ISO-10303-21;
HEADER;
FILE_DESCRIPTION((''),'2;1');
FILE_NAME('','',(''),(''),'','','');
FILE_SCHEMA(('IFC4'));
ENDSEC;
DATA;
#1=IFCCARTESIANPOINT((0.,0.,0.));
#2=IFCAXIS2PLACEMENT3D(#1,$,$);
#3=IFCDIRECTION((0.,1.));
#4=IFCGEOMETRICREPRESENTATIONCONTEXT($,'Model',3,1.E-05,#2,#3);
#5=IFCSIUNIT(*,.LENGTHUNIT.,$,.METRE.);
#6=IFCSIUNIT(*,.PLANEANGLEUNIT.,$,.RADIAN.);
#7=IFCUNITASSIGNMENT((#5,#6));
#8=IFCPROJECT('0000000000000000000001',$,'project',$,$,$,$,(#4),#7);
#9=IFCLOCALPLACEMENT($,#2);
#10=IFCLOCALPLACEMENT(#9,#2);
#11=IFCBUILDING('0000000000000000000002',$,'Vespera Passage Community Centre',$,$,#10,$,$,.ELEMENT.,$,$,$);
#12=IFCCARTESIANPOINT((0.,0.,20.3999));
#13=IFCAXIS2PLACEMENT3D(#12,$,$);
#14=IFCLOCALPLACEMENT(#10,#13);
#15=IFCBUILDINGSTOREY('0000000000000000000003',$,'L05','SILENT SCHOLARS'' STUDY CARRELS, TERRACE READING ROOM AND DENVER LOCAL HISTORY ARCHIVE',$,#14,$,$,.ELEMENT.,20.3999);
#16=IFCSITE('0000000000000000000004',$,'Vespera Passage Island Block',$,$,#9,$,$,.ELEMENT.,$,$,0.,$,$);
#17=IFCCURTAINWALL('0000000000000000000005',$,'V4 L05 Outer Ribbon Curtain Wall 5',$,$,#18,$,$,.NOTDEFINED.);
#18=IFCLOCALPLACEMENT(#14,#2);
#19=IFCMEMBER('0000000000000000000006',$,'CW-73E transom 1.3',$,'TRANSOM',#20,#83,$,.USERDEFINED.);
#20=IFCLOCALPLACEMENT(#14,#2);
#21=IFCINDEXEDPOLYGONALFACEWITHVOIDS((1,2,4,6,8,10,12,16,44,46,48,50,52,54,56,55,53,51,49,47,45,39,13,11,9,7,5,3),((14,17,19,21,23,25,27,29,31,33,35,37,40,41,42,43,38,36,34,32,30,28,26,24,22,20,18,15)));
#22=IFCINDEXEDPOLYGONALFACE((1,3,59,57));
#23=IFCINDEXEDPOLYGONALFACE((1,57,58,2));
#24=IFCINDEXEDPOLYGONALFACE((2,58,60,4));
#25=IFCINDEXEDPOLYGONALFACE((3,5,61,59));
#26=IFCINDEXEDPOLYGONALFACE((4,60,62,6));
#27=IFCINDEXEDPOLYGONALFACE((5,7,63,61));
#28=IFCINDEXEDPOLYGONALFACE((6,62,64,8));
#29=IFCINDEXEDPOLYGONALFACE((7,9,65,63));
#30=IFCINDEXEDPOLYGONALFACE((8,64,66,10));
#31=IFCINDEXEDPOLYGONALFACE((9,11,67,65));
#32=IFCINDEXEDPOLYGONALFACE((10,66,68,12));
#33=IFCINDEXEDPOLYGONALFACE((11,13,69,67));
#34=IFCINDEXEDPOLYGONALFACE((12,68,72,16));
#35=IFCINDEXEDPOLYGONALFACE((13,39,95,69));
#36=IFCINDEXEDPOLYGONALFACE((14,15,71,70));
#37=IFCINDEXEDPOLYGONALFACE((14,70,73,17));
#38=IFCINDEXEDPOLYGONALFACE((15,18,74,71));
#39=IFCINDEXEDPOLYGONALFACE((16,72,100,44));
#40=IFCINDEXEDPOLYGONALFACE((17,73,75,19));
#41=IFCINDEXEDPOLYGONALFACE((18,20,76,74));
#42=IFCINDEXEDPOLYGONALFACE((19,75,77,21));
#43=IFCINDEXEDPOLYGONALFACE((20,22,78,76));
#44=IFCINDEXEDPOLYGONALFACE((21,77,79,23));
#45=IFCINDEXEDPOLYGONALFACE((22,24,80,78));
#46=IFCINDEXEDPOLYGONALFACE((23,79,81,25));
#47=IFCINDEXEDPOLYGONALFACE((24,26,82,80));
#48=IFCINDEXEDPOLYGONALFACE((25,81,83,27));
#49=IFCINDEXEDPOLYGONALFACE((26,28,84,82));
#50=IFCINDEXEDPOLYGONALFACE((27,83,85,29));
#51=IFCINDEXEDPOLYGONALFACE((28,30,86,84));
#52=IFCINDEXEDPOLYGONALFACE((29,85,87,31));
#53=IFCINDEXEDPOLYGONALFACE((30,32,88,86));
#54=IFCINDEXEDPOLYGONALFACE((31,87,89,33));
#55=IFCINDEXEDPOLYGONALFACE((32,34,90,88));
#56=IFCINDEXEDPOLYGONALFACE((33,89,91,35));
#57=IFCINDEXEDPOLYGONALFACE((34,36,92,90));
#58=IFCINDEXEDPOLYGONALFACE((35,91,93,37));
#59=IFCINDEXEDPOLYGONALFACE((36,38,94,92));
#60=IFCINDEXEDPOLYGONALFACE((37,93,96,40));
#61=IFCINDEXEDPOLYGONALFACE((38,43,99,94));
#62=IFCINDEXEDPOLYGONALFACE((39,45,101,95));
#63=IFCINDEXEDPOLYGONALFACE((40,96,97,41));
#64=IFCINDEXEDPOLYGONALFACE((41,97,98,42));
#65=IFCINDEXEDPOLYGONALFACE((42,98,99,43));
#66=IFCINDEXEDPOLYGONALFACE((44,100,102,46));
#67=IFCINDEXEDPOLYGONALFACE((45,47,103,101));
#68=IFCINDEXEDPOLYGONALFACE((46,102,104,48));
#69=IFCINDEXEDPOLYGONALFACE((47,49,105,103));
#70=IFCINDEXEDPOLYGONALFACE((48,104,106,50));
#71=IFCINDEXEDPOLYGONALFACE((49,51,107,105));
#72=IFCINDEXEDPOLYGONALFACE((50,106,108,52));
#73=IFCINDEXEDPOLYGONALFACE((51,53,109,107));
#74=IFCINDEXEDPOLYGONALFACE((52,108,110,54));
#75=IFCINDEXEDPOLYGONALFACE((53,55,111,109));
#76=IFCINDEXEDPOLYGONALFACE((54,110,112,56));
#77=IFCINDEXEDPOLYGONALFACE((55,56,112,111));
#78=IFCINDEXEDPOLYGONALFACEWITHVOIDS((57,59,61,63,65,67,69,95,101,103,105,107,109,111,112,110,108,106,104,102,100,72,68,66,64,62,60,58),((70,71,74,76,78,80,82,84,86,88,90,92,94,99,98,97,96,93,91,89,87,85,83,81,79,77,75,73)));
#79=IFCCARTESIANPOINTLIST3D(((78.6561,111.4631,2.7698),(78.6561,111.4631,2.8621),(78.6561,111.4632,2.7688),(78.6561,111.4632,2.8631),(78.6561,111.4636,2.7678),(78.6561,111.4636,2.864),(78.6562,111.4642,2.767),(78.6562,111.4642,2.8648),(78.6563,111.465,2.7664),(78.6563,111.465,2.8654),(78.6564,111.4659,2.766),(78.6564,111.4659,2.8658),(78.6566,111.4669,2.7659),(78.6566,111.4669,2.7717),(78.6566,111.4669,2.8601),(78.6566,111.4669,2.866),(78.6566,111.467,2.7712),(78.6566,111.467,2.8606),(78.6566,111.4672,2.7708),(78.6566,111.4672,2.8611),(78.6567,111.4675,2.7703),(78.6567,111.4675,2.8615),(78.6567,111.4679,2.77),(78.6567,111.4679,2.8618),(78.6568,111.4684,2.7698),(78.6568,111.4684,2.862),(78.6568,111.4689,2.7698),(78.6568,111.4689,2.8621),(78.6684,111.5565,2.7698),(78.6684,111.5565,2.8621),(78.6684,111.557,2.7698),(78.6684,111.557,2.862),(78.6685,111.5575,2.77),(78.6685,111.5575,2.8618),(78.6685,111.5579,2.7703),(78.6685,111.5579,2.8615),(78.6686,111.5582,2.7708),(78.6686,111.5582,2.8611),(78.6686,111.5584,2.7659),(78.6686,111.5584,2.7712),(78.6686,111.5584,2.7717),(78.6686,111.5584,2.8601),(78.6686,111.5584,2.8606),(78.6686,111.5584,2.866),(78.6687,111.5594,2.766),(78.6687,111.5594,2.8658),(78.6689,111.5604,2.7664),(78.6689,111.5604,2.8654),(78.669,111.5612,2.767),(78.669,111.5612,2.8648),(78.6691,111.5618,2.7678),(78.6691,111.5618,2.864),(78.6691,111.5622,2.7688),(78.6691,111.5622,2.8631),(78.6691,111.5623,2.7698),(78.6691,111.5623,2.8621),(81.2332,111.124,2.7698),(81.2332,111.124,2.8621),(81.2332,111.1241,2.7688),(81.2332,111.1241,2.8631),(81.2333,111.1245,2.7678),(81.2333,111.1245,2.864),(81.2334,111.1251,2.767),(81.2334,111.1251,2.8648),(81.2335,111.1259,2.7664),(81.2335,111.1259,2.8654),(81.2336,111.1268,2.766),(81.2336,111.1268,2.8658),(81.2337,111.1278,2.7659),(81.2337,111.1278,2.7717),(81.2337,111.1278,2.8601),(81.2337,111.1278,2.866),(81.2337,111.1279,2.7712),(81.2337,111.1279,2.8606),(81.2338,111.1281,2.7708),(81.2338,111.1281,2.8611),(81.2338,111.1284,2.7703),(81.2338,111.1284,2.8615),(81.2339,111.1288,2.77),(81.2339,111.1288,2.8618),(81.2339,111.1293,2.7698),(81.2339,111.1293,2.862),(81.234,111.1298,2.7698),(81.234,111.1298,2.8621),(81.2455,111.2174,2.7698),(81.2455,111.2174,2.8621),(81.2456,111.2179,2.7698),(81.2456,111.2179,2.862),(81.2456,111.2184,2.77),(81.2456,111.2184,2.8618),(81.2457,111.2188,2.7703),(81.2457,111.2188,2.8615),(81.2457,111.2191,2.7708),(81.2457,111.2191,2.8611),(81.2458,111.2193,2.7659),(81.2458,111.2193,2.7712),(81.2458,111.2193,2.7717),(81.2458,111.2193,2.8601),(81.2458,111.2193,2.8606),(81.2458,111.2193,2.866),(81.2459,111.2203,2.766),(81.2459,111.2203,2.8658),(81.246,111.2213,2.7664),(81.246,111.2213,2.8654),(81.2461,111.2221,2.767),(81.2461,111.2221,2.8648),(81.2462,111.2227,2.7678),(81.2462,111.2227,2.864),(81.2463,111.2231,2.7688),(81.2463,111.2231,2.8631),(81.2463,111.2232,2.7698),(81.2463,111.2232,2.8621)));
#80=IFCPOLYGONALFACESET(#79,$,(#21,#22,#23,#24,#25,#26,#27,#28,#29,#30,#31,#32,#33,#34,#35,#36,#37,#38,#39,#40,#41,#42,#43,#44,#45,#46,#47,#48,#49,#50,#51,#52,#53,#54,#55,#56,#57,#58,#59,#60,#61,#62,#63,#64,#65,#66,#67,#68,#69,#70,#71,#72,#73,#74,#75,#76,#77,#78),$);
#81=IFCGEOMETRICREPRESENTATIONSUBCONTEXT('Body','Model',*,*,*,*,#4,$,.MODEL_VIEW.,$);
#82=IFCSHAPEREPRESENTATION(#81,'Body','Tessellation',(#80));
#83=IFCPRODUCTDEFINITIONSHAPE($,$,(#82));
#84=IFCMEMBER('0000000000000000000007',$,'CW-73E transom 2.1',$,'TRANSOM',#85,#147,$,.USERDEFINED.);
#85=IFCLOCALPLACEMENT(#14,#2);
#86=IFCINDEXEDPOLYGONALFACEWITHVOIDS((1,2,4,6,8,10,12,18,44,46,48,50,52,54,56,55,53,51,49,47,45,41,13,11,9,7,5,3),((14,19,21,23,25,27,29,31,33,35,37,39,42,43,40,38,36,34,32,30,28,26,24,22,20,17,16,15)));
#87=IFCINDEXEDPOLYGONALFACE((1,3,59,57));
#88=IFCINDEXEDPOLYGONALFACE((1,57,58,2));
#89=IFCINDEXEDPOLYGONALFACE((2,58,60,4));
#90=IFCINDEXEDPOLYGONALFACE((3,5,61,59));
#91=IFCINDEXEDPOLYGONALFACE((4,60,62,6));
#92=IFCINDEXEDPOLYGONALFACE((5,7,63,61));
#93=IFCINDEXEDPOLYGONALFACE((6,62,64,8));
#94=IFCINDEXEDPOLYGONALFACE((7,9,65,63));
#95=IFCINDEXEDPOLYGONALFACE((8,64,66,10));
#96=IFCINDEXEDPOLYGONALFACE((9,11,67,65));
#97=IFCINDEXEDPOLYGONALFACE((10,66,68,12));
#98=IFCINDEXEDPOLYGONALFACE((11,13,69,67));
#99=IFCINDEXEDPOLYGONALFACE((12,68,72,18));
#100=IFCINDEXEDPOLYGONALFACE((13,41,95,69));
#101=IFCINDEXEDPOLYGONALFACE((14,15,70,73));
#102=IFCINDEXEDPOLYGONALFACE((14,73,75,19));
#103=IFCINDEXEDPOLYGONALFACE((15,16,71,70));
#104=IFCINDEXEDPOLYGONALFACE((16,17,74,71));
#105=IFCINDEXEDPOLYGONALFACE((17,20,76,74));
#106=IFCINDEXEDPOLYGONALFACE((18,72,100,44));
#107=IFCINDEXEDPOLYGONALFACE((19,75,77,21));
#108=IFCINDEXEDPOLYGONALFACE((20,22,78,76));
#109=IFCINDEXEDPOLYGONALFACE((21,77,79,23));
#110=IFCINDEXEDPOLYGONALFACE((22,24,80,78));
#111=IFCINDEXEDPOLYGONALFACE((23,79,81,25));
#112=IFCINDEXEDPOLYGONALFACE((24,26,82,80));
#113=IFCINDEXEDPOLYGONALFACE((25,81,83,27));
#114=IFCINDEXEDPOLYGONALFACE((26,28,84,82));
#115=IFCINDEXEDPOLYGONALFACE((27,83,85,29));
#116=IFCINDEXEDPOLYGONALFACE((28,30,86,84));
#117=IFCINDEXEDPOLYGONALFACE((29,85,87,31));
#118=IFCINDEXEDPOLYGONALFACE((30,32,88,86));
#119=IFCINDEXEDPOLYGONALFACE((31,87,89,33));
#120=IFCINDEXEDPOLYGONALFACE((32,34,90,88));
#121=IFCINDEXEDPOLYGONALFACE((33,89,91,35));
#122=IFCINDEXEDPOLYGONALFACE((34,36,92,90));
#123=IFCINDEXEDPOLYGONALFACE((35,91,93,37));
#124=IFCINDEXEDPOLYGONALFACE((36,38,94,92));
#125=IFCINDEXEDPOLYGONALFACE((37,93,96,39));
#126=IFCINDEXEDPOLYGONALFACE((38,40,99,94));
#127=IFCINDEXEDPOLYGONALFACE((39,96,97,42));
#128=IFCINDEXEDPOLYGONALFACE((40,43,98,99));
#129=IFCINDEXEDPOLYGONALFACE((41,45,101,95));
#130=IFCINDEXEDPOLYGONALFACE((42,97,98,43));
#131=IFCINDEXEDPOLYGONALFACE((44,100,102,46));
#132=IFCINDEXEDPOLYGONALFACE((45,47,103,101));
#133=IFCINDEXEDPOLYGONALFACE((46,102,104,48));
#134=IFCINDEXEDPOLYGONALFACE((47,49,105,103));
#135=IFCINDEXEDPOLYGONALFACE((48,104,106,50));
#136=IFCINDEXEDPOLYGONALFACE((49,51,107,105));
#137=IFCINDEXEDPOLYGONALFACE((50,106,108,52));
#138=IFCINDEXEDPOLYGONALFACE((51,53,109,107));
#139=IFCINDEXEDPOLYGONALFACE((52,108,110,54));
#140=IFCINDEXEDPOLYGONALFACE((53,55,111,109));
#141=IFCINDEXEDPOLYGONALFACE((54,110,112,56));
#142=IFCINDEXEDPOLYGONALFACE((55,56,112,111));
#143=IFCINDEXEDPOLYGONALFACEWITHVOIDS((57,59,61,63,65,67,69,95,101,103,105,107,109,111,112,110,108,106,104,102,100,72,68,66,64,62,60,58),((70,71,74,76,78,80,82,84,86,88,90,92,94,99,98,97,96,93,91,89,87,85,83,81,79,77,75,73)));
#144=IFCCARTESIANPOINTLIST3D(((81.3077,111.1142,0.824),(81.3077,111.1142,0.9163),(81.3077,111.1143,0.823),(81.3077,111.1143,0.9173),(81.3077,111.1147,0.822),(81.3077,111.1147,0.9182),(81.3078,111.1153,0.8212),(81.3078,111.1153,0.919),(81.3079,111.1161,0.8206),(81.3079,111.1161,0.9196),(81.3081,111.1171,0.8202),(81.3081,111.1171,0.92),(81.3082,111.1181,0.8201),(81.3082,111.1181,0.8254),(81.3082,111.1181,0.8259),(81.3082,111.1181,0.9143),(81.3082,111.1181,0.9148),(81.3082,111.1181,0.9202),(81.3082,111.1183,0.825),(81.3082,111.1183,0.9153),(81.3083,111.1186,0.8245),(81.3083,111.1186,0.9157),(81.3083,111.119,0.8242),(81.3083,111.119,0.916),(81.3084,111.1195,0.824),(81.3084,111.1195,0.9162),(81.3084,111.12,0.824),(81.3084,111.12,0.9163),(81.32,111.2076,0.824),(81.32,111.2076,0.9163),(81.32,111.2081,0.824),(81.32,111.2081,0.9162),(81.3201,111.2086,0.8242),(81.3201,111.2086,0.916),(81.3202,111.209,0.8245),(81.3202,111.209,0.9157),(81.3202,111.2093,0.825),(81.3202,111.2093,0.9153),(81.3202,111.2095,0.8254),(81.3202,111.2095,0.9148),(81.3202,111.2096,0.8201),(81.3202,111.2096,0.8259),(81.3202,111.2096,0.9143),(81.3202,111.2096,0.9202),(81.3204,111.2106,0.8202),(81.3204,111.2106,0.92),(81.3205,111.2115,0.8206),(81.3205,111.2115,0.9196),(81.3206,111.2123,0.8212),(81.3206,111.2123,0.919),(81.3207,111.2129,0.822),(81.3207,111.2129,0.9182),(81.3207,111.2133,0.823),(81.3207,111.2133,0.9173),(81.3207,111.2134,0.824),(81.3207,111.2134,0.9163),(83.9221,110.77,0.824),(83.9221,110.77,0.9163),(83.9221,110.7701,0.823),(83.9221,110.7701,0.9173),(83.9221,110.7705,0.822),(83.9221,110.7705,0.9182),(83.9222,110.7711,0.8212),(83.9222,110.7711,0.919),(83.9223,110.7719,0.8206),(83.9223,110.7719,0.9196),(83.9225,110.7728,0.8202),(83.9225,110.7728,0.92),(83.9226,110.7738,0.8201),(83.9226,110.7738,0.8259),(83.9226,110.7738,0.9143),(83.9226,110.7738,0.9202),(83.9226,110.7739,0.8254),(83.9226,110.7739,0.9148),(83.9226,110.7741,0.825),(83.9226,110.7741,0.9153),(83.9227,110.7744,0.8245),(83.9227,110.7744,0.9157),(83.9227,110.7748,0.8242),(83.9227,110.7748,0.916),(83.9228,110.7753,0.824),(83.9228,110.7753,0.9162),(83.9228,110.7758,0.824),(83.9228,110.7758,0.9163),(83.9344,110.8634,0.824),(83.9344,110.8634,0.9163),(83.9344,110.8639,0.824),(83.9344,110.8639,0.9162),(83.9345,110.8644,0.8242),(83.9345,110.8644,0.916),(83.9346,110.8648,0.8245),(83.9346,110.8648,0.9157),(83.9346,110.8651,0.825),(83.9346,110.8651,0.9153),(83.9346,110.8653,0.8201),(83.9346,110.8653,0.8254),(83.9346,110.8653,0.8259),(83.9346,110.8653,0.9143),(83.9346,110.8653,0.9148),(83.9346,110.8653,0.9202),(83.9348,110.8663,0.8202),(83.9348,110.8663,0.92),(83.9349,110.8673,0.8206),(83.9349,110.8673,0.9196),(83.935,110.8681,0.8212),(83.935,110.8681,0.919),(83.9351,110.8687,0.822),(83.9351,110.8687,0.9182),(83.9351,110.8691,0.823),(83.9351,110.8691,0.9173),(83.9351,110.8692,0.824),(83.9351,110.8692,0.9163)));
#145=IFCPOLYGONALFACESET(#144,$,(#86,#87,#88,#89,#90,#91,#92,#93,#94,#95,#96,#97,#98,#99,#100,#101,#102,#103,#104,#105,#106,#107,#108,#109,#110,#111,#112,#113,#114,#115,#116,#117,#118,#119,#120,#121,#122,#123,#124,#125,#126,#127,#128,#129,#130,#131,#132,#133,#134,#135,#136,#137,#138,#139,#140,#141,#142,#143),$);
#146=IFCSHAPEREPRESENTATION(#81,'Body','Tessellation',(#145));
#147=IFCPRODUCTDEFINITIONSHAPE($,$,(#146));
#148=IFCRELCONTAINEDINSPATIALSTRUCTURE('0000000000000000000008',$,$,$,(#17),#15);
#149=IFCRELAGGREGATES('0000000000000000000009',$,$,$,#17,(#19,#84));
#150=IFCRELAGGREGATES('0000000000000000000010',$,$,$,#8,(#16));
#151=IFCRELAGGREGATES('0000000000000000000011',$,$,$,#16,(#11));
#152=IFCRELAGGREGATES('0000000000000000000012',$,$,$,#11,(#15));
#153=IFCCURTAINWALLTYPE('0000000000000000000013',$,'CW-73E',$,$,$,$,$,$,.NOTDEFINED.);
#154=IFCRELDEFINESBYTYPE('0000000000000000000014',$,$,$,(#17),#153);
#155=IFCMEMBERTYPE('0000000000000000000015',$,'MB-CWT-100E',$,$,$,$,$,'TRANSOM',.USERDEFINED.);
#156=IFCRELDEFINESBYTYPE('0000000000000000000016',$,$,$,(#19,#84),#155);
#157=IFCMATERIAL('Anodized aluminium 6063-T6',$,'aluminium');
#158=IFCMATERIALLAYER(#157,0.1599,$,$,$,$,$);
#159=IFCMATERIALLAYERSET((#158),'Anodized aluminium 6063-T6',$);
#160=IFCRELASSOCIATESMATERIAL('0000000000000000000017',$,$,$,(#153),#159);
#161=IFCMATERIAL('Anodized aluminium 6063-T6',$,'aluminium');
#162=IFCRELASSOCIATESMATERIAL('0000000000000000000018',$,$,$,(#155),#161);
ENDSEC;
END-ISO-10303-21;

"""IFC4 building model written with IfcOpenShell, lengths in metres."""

from ifc_helpers import new_model, si_unit, direction, frame, origin, origin_2d, place, context, subcontext, project, spatial, hollow_rectangle, extrude, material, layer, layer_set, material_profile, profile_set, type_object, element, aggregate, save


model = new_model("IFC4")

# Units and contexts
model_context = context("Model", 3, precision=1e-05, world=origin(), true_north=direction((0.0, 1.0)))
body_context = subcontext(model_context, "Body", "Model", "MODEL_VIEW")
ifc_project = project(units=[si_unit("LENGTHUNIT", "METRE"), si_unit("PLANEANGLEUNIT", "RADIAN")], contexts=[model_context])

# Site, building, storey
site_placement = place(None, origin())
site = spatial("IfcSite", under=ifc_project, at=site_placement, Name="Vespera Passage Island Block", CompositionType="ELEMENT", RefElevation=0.0)
building_placement = place(site_placement, origin())
building = spatial("IfcBuilding", under=site, at=building_placement, Name="Vespera Passage Community Centre", CompositionType="ELEMENT")
storey_placement = place(building_placement, frame((0.0, 0.0, 20.3999)))
storey = spatial("IfcBuildingStorey", under=building, at=storey_placement, Name="L05", Description="SILENT SCHOLARS' STUDY CARRELS, TERRACE READING ROOM AND DENVER LOCAL HISTORY ARCHIVE", CompositionType="ELEMENT", Elevation=20.3999)

# Curtain wall, members
ifc_material_1 = material(Name="Anodized aluminium 6063-T6", Category="aluminium")
ifc_layer_1 = layer(ifc_material_1, 0.1599)
ifc_layer_set_1 = layer_set([ifc_layer_1], Name="Anodized aluminium 6063-T6")
curtain_wall_type_1 = type_object("IfcCurtainWallType", Name="CW-73E", PredefinedType="NOTDEFINED", material=ifc_layer_set_1)
curtain_wall_1_placement = place(storey_placement, origin())
curtain_wall_1 = element("IfcCurtainWall", 1, at=curtain_wall_1_placement, inside=storey, type_object=curtain_wall_type_1, Name="V4 L05 Outer Ribbon Curtain Wall 5", PredefinedType="NOTDEFINED")
ifc_material_2 = material(Name="Anodized aluminium 6063-T6", Category="aluminium")
ifc_material_profile_1 = material_profile(ifc_material_2, hollow_rectangle(XDim=0.1001, YDim=0.1001, WallThickness=0.0039, InnerFilletRadius=0.002, OuterFilletRadius=0.0039, at=origin_2d()), Name="ALU100X100X4")
ifc_profile_set_1 = profile_set([ifc_material_profile_1], Name="Anodized aluminium 6063-T6")
member_type_1 = type_object("IfcMemberType", Name="MB-CWT-100E", ElementType="TRANSOM", PredefinedType="USERDEFINED", material=ifc_profile_set_1)
member_1_placement = place(storey_placement, frame((78.6626, 111.5127, 2.8159), z_axis=(0.991454, -0.130459, 0.0), x_axis=(0.130459, 0.991454, 0.0)))
member_1 = element("IfcMember", 2, at=member_1_placement, type_object=member_type_1, Name="CW-73E transom 1.3", ObjectType="TRANSOM", PredefinedType="USERDEFINED", context=body_context, shape_type="SweptSolid", body=[
    extrude(hollow_rectangle(XDim=0.1001, YDim=0.1001, WallThickness=0.0039, InnerFilletRadius=0.002, OuterFilletRadius=0.0039, at=origin_2d()), origin(), (0.0, 0.0, 1.0), 2.5994),
])
member_2_placement = place(storey_placement, frame((81.3142, 111.1638, 0.8701), z_axis=(0.991443, -0.130538, 0.0), x_axis=(0.130538, 0.991443, 0.0)))
member_2 = element("IfcMember", 3, at=member_2_placement, type_object=member_type_1, Name="CW-73E transom 2.1", ObjectType="TRANSOM", PredefinedType="USERDEFINED", context=body_context, shape_type="SweptSolid", body=[
    extrude(hollow_rectangle(XDim=0.1001, YDim=0.1001, WallThickness=0.0039, InnerFilletRadius=0.002, OuterFilletRadius=0.0039, at=origin_2d()), origin(), (0.0, 0.0, 1.0), 2.637),
])

aggregate(curtain_wall_1, [member_1, member_2])

save(model, "model.ifc")
